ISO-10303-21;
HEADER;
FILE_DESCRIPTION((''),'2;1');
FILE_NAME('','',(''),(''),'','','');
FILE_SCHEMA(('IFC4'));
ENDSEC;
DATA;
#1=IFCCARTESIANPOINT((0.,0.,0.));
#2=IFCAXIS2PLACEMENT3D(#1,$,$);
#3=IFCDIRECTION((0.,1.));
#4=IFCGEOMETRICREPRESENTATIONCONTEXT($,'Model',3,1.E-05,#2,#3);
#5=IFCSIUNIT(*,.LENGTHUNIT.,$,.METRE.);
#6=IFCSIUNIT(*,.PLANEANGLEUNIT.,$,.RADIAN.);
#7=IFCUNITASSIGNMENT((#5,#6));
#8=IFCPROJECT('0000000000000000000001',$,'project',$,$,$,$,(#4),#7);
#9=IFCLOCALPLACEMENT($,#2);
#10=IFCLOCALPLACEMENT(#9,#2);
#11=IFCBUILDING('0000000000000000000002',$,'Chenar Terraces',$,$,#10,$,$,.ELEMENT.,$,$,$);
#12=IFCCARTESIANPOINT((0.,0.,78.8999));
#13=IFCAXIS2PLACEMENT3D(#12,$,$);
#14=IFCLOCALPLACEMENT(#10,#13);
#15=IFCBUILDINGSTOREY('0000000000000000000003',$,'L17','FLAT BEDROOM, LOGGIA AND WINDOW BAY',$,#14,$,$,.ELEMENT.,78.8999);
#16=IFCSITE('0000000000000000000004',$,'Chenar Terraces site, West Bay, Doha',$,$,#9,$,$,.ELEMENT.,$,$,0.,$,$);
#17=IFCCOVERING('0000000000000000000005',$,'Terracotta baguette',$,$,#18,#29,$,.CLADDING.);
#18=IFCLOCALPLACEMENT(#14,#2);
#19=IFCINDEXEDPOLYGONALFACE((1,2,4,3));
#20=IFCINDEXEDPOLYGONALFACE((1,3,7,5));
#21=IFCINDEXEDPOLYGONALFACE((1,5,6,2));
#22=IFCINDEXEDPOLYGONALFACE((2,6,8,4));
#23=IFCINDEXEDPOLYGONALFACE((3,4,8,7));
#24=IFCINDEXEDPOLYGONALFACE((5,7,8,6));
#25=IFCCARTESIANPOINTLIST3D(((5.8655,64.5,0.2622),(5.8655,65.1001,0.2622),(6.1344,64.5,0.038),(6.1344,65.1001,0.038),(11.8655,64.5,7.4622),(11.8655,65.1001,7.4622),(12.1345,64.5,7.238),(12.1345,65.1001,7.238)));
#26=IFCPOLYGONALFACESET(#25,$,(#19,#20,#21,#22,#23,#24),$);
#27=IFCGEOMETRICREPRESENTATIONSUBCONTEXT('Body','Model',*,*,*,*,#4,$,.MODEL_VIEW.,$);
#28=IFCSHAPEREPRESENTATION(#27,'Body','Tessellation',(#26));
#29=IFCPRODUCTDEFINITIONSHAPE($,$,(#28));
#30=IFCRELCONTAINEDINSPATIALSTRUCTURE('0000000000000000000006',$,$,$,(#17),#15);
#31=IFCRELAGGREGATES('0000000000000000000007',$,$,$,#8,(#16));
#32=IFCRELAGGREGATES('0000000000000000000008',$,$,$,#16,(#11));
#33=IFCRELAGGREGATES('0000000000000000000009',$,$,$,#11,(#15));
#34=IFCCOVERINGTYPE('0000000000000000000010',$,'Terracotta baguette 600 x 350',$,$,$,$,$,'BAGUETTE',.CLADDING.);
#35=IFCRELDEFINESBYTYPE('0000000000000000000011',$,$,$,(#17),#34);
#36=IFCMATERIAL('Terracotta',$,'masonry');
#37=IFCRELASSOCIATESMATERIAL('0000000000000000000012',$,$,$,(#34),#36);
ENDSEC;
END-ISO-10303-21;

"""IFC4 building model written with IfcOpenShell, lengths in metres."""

from ifc_helpers import new_model, si_unit, direction, frame, origin, origin_2d, place, context, subcontext, project, spatial, rectangle, extrude, material, material_profile, profile_set, type_object, element, save


model = new_model("IFC4")

# Units and contexts
model_context = context("Model", 3, precision=1e-05, world=origin(), true_north=direction((0.0, 1.0)))
body_context = subcontext(model_context, "Body", "Model", "MODEL_VIEW")
ifc_project = project(units=[si_unit("LENGTHUNIT", "METRE"), si_unit("PLANEANGLEUNIT", "RADIAN")], contexts=[model_context])

# Site, building, storey
site_placement = place(None, origin())
site = spatial("IfcSite", under=ifc_project, at=site_placement, Name="Chenar Terraces site, West Bay, Doha", CompositionType="ELEMENT", RefElevation=0.0)
building_placement = place(site_placement, origin())
building = spatial("IfcBuilding", under=site, at=building_placement, Name="Chenar Terraces", CompositionType="ELEMENT")
storey_placement = place(building_placement, frame((0.0, 0.0, 78.8999)))
storey = spatial("IfcBuildingStorey", under=building, at=storey_placement, Name="L17", Description="FLAT BEDROOM, LOGGIA AND WINDOW BAY", CompositionType="ELEMENT", Elevation=78.8999)

# Covering
ifc_material_1 = material(Name="Terracotta", Category="masonry")
ifc_material_profile_1 = material_profile(ifc_material_1, rectangle(XDim=0.6001, YDim=0.3501, at=origin_2d()), Name="Terracotta baguette 600 x 350")
ifc_profile_set_1 = profile_set([ifc_material_profile_1], Name="Terracotta")
covering_type = type_object("IfcCoveringType", Name="Terracotta baguette 600 x 350", ElementType="BAGUETTE", PredefinedType="CLADDING", material=ifc_profile_set_1)
for number, where, z_axis, x_axis, name in (
    (1, (12.0, 64.8, 7.3501), (-0.640187, 0.0, -0.768219), (0.0, -1.0, 0.0), "Terracotta baguette"),
):
    element("IfcCovering", number, at=place(storey_placement, frame(where, z_axis=z_axis, x_axis=x_axis)), inside=storey, type_object=covering_type, Name=name, PredefinedType="CLADDING", context=body_context, shape_type="SweptSolid", body=[
        extrude(rectangle(XDim=0.6001, YDim=0.3501, at=origin_2d()), origin(), (0.0, 0.0, 1.0), 9.3723),
    ])

save(model, "model.ifc")
